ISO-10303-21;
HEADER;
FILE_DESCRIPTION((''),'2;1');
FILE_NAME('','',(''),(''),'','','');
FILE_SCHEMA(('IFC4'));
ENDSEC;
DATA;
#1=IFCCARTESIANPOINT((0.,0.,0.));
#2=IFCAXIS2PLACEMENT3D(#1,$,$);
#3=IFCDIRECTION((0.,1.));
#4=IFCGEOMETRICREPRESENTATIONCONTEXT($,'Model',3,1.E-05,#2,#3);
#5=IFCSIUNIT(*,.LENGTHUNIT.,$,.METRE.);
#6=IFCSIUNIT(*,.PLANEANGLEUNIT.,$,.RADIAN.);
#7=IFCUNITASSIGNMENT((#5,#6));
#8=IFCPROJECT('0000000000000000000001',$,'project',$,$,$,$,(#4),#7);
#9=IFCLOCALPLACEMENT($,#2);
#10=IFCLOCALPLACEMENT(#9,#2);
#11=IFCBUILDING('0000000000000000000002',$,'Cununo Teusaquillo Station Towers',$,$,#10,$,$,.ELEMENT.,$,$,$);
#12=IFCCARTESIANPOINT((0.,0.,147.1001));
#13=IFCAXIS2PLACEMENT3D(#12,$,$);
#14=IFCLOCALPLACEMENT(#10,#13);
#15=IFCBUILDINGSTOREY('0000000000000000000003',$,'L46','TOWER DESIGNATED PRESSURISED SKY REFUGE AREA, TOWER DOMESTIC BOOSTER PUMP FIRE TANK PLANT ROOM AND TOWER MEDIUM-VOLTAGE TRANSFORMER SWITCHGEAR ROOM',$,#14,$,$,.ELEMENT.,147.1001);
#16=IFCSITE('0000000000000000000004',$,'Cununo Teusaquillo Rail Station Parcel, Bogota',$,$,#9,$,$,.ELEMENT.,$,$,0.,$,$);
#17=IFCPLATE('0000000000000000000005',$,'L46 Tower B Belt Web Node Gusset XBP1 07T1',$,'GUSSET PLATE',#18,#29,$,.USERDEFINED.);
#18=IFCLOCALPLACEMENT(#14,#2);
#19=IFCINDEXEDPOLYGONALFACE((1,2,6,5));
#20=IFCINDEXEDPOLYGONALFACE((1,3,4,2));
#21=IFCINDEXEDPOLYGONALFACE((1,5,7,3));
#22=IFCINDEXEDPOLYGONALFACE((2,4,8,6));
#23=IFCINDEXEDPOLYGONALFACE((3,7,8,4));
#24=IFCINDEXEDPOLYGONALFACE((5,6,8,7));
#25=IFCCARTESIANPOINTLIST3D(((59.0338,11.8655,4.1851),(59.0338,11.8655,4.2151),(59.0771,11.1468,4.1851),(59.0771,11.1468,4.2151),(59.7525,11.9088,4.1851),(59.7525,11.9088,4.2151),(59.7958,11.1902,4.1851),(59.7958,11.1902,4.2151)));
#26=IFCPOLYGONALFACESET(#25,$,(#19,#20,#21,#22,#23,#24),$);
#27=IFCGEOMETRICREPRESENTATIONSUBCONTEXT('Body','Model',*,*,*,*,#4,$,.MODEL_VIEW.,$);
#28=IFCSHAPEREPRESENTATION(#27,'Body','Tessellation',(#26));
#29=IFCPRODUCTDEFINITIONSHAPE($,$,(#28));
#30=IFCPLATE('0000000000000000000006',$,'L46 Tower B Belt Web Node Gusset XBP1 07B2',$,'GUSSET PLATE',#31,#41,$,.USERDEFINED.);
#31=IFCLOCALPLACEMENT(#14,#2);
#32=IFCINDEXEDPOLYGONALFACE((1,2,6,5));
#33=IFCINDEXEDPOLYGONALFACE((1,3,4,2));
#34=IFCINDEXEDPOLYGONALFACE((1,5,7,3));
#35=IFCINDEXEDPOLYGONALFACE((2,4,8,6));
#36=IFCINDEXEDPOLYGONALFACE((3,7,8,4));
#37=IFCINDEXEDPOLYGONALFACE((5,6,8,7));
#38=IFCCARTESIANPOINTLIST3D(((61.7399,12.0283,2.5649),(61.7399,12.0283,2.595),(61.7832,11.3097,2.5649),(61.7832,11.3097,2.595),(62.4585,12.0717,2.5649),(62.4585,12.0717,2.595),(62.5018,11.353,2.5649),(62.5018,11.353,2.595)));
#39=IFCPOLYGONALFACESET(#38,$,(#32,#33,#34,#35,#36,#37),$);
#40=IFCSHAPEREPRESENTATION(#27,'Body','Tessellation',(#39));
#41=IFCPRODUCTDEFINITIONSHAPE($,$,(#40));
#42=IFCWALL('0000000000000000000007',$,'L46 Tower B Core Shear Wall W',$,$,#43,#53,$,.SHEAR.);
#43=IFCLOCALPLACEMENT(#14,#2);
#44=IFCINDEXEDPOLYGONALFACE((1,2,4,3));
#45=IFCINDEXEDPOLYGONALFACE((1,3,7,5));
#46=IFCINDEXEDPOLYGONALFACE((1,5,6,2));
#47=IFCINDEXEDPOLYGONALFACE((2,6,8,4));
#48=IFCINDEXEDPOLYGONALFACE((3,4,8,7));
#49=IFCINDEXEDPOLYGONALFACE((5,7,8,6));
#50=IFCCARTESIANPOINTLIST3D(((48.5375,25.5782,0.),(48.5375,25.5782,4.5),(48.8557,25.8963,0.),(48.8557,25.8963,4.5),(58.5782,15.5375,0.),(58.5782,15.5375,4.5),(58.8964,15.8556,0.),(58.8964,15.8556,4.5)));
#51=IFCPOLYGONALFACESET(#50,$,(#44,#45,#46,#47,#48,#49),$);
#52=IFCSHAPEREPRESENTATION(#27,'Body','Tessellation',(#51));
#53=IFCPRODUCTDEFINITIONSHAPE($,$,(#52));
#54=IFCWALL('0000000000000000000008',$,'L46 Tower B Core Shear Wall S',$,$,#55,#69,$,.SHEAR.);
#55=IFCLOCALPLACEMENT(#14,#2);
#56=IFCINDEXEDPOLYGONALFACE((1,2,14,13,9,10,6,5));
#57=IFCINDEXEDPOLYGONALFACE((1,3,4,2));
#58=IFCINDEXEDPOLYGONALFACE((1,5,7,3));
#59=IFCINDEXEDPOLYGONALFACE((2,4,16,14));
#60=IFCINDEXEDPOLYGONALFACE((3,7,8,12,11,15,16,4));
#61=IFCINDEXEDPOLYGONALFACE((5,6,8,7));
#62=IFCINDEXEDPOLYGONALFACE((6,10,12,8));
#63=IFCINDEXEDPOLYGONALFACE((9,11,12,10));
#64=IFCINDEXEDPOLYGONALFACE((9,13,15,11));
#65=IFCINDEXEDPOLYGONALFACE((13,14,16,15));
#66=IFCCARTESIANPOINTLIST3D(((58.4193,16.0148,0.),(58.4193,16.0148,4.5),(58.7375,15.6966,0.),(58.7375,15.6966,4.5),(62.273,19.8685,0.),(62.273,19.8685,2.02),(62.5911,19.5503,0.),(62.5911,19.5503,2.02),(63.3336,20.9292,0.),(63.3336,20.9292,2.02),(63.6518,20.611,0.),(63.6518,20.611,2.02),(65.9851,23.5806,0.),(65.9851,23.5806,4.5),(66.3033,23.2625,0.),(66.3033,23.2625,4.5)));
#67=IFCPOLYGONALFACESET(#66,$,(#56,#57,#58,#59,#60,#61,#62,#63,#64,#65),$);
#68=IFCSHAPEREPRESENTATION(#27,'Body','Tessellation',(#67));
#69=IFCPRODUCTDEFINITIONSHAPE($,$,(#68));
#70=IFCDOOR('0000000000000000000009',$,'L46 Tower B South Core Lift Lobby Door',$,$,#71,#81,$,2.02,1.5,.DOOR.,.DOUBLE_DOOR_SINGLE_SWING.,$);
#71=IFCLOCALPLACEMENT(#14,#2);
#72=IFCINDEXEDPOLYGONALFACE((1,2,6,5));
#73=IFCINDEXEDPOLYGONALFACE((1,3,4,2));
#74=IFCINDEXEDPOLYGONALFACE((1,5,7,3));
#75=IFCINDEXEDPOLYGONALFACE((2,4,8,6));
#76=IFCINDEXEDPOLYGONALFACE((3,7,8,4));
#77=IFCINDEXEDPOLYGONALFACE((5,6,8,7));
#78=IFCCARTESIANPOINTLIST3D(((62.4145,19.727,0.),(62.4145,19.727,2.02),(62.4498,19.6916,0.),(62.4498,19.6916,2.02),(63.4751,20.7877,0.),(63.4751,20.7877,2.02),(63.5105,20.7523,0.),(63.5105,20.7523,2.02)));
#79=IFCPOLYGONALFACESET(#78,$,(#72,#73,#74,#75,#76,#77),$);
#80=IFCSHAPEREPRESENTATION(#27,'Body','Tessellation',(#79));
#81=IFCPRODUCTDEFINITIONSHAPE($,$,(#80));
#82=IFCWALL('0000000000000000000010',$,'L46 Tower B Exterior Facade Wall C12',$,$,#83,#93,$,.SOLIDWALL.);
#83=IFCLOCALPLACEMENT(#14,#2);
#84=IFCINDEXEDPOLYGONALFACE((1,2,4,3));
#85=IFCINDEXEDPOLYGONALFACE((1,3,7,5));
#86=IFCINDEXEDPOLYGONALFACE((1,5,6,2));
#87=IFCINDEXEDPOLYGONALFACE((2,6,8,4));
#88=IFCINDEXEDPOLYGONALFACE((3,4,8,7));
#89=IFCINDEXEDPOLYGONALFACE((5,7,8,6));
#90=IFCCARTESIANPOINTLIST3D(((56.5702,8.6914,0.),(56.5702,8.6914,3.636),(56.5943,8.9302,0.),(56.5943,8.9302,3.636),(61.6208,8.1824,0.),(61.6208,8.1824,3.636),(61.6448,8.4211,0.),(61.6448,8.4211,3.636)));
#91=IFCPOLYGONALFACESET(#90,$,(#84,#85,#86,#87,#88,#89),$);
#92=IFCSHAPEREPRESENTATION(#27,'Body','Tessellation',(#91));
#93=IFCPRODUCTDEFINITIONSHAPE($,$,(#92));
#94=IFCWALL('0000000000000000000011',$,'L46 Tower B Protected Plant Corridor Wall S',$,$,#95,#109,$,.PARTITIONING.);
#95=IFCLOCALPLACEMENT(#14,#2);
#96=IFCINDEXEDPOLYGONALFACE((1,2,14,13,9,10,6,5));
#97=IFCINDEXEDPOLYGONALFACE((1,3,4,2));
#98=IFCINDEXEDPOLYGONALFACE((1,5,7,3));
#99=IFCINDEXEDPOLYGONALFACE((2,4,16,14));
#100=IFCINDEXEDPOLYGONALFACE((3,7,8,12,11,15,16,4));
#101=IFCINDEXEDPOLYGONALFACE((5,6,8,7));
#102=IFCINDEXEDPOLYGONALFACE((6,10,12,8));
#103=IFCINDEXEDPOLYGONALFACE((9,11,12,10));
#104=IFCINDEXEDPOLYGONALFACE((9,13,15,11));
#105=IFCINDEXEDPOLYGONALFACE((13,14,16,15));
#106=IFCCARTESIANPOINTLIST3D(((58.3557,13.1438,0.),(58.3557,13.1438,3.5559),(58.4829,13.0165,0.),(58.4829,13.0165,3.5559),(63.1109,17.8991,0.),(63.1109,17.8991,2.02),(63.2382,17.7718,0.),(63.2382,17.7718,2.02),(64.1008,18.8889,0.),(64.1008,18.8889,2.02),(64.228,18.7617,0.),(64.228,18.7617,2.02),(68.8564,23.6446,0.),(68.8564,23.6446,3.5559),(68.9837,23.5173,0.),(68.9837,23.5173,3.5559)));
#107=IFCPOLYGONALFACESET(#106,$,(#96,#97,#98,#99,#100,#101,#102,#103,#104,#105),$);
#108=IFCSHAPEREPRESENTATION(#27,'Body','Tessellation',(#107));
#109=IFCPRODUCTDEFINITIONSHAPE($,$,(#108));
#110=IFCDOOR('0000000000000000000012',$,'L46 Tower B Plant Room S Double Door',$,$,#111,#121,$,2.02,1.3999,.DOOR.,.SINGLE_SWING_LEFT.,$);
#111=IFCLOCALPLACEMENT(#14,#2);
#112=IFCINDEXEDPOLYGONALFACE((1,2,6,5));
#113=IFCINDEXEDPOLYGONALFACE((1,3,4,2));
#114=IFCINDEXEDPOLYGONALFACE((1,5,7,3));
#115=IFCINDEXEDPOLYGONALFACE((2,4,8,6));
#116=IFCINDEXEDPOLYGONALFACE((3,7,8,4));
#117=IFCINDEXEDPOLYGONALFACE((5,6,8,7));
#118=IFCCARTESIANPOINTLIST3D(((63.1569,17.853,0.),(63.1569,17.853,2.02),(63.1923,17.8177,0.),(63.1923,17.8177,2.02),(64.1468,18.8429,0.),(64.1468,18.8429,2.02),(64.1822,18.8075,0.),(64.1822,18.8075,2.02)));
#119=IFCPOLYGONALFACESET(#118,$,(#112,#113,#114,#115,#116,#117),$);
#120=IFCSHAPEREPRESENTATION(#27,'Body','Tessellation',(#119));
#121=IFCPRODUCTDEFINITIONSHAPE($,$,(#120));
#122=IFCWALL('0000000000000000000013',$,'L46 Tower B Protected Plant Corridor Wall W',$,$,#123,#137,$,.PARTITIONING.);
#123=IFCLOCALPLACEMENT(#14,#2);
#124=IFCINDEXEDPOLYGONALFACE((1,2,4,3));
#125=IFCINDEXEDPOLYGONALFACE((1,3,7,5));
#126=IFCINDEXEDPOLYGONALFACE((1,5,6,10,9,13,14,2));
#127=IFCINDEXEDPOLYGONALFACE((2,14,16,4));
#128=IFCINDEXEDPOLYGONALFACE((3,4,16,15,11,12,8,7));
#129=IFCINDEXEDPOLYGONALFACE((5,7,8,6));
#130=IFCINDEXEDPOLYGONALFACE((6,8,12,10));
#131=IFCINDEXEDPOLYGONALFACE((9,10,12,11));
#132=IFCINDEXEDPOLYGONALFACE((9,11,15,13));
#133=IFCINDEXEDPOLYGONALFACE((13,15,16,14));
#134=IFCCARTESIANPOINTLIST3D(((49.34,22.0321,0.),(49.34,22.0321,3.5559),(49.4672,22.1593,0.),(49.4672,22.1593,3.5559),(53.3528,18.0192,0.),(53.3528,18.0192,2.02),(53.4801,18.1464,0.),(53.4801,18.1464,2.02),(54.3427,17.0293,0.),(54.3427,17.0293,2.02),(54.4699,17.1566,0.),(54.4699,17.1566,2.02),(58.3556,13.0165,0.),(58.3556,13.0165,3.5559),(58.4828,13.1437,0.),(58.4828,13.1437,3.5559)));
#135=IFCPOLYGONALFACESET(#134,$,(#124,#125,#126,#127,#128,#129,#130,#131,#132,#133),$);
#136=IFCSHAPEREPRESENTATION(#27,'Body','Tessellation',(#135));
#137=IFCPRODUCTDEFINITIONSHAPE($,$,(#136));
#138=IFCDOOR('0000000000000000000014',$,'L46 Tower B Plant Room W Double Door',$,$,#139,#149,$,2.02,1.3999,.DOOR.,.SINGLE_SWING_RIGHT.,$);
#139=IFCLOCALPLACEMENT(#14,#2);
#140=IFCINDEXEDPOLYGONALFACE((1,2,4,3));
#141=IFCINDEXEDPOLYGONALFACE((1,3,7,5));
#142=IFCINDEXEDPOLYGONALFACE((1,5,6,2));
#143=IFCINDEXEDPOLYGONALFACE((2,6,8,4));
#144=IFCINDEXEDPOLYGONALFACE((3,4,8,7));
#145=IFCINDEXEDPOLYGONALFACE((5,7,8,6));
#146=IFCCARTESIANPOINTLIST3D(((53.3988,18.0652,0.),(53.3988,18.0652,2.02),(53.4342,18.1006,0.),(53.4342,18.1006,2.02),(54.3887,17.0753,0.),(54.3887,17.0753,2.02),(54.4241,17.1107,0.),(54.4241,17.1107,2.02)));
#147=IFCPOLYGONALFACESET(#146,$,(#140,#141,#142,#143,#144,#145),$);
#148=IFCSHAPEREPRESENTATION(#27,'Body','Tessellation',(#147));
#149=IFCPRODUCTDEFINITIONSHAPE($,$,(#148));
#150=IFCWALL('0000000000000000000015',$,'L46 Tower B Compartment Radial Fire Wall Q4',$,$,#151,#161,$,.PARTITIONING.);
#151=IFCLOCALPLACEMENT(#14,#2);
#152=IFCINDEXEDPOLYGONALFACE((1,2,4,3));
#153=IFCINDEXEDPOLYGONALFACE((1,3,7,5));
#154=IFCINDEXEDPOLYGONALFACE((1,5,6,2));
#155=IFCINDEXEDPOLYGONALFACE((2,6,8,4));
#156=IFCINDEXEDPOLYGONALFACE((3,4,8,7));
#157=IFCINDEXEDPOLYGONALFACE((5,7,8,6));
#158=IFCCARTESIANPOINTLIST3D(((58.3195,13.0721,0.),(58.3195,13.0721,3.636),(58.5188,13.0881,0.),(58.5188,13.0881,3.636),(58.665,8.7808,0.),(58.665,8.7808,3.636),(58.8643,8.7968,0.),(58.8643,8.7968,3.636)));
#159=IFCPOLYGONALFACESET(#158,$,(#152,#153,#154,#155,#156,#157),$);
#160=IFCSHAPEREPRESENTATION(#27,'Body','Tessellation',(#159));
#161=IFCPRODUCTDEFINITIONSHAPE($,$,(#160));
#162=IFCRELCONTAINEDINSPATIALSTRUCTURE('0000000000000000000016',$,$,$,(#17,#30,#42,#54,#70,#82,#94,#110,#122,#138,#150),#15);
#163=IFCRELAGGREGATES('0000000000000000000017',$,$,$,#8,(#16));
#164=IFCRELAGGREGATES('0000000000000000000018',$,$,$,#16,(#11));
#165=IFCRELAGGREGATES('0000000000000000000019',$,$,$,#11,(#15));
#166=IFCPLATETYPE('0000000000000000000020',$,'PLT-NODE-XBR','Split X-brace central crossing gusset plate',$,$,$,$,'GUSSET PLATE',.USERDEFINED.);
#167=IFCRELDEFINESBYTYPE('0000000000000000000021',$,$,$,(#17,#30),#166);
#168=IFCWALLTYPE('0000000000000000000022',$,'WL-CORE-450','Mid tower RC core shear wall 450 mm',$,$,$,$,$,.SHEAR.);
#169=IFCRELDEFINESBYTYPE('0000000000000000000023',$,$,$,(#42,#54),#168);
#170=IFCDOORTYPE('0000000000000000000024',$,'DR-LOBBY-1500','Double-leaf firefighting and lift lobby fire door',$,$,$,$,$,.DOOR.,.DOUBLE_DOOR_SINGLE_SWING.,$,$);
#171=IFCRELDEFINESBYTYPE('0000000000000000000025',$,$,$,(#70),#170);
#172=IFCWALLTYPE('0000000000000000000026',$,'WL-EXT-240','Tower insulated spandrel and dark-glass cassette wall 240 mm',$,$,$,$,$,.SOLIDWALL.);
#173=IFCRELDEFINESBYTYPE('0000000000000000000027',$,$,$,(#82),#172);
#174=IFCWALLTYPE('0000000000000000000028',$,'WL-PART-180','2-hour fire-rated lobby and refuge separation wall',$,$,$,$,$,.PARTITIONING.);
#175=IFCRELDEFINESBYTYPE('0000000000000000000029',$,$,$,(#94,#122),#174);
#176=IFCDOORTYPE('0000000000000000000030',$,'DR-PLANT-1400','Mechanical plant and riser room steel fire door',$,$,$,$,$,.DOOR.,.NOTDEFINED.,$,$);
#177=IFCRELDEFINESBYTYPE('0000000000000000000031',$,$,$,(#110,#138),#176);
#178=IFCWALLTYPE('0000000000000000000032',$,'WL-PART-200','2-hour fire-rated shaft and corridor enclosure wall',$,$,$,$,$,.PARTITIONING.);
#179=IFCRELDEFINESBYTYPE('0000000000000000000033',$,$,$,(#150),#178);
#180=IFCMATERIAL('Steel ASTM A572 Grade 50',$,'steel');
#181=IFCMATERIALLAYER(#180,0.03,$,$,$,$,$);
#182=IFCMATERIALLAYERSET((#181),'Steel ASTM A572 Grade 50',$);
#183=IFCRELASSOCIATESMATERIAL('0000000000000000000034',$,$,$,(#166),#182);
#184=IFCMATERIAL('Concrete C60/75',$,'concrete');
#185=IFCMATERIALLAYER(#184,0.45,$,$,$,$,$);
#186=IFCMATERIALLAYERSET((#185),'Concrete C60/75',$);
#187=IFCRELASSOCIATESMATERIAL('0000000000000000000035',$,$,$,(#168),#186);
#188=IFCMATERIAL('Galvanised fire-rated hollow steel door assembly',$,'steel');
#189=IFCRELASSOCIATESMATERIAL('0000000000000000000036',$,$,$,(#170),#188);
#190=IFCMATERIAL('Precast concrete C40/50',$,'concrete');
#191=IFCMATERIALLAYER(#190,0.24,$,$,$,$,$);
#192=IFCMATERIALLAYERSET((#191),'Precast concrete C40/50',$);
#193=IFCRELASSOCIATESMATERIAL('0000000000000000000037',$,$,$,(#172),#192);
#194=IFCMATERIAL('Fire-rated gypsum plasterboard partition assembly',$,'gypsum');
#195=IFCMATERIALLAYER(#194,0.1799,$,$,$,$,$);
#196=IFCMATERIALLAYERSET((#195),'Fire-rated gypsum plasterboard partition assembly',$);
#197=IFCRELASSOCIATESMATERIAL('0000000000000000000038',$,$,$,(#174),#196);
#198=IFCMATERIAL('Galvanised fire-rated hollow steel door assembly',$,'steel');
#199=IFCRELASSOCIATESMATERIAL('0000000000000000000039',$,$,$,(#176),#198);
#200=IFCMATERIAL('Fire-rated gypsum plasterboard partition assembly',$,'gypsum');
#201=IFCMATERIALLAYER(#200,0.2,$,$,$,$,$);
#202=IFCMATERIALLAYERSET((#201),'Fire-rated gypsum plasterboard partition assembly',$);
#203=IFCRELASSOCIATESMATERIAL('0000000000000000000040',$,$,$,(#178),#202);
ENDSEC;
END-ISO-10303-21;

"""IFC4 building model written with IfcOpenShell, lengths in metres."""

from ifc_helpers import new_model, si_unit, direction, frame, frame_2d, origin, origin_2d, place, context, subcontext, project, spatial, rectangle, extrude, source, transform, mapped, material, layer, layer_set, type_object, element, fill, save


model = new_model("IFC4")

# Units and contexts
model_context = context("Model", 3, precision=1e-05, world=origin(), true_north=direction((0.0, 1.0)))
body_context = subcontext(model_context, "Body", "Model", "MODEL_VIEW")
ifc_project = project(units=[si_unit("LENGTHUNIT", "METRE"), si_unit("PLANEANGLEUNIT", "RADIAN")], contexts=[model_context])

# Site, building, storey
site_placement = place(None, origin())
site = spatial("IfcSite", under=ifc_project, at=site_placement, Name="Cununo Teusaquillo Rail Station Parcel, Bogota", CompositionType="ELEMENT", RefElevation=0.0)
building_placement = place(site_placement, origin())
building = spatial("IfcBuilding", under=site, at=building_placement, Name="Cununo Teusaquillo Station Towers", CompositionType="ELEMENT")
storey_placement = place(building_placement, frame((0.0, 0.0, 147.1001)))
storey = spatial("IfcBuildingStorey", under=building, at=storey_placement, Name="L46", Description="TOWER DESIGNATED PRESSURISED SKY REFUGE AREA, TOWER DOMESTIC BOOSTER PUMP FIRE TANK PLANT ROOM AND TOWER MEDIUM-VOLTAGE TRANSFORMER SWITCHGEAR ROOM", CompositionType="ELEMENT", Elevation=147.1001)

# Plates
ifc_material_1 = material(Name="Steel ASTM A572 Grade 50", Category="steel")
ifc_layer_1 = layer(ifc_material_1, 0.03)
ifc_layer_set_1 = layer_set([ifc_layer_1], Name="Steel ASTM A572 Grade 50")
plate_type_1 = type_object("IfcPlateType", Name="PLT-NODE-XBR", Description="Split X-brace central crossing gusset plate", ElementType="GUSSET PLATE", PredefinedType="USERDEFINED", material=ifc_layer_set_1)
shared_shape_1 = source(origin(), body_context, "Body", "SweptSolid", [
    extrude(rectangle(XDim=0.72, YDim=0.72, at=origin_2d()), origin(), (0.0, 0.0, 1.0), 0.03),
])
for number, where, z_axis, x_axis, name in (
    (1, (59.4148, 11.5278, 4.1851), (0.0, 0.0, 1.0), (0.998188, 0.060177, 0.0), "L46 Tower B Belt Web Node Gusset XBP1 07T1"),
    (2, (62.1208, 11.6907, 2.5649), (0.0, 0.0, 1.0), (0.998188, 0.060177, 0.0), "L46 Tower B Belt Web Node Gusset XBP1 07B2"),
):
    element("IfcPlate", number, at=place(storey_placement, frame(where, z_axis=z_axis, x_axis=x_axis)), inside=storey, type_object=plate_type_1, Name=name, ObjectType="GUSSET PLATE", PredefinedType="USERDEFINED", context=body_context, shape_type="MappedRepresentation", body=[
        mapped(shared_shape_1, transform((0.0, 0.0, 0.0), x_axis=(1.0, 0.0, 0.0), y_axis=(0.0, 1.0, 0.0), z_axis=(0.0, 0.0, 1.0), scale=1.0)),
    ])

# Wall
ifc_material_2 = material(Name="Concrete C60/75", Category="concrete")
ifc_layer_2 = layer(ifc_material_2, 0.45)
ifc_layer_set_2 = layer_set([ifc_layer_2], Name="Concrete C60/75")
wall_type_1 = type_object("IfcWallType", Name="WL-CORE-450", Description="Mid tower RC core shear wall 450 mm", PredefinedType="SHEAR", material=ifc_layer_set_2)
wall_1_placement = place(storey_placement, frame((58.7373, 15.6965, 0.0), z_axis=(0.0, 0.0, 1.0), x_axis=(-0.707107, 0.707107, 0.0)))
element("IfcWall", 3, at=wall_1_placement, inside=storey, type_object=wall_type_1, Name="L46 Tower B Core Shear Wall W", PredefinedType="SHEAR", context=body_context, shape_type="SweptSolid", body=[
    extrude(rectangle(XDim=14.1997, YDim=0.45, at=frame_2d((7.0999, 0.0))), origin(), (0.0, 0.0, 1.0), 4.5),
])

# Wall, opening, door
wall_2_placement = place(storey_placement, frame((58.5784, 15.8557, 0.0), z_axis=(0.0, 0.0, 1.0), x_axis=(0.707107, 0.707107, 0.0)))
wall_2 = element("IfcWall", 4, at=wall_2_placement, inside=storey, type_object=wall_type_1, Name="L46 Tower B Core Shear Wall S", PredefinedType="SHEAR", context=body_context, shape_type="SweptSolid", body=[
    extrude(rectangle(XDim=10.6997, YDim=0.45, at=frame_2d((5.3499, 0.0))), origin(), (0.0, 0.0, 1.0), 4.5),
])
shared_shape_2 = source(origin(), body_context, "Body", "SweptSolid", [
    extrude(rectangle(XDim=1.5, YDim=2.02, at=frame_2d((0.75, 1.01))), frame((0.0, 0.2349, 0.0), z_axis=(0.0, -1.0, 0.0), x_axis=(1.0, 0.0, 0.0)), (0.0, 0.0, 1.0), 0.47),
])
opening_1_placement = place(wall_2_placement, frame((5.45, 0.0, 0.0)))
opening_1 = element("IfcOpeningElement", 5, at=opening_1_placement, cuts=wall_2, PredefinedType="OPENING", context=body_context, shape_type="MappedRepresentation", body=[
    mapped(shared_shape_2, transform((0.0, 0.0, 0.0), x_axis=(1.0, 0.0, 0.0), y_axis=(0.0, 1.0, 0.0), z_axis=(0.0, 0.0, 1.0), scale=1.0)),
])
ifc_material_3 = material(Name="Galvanised fire-rated hollow steel door assembly", Category="steel")
door_type_1 = type_object("IfcDoorType", Name="DR-LOBBY-1500", Description="Double-leaf firefighting and lift lobby fire door", OperationType="DOUBLE_DOOR_SINGLE_SWING", PredefinedType="DOOR", material=ifc_material_3)
shared_shape_3 = source(origin(), body_context, "Body", "SweptSolid", [
    extrude(rectangle(XDim=1.5, YDim=2.02, at=frame_2d((0.75, 1.01))), frame((0.0, 0.0249, 0.0), z_axis=(0.0, -1.0, 0.0), x_axis=(1.0, 0.0, 0.0)), (0.0, 0.0, 1.0), 0.05),
])
door_1_placement = place(opening_1_placement, origin())
door_1 = element("IfcDoor", 6, at=door_1_placement, inside=storey, type_object=door_type_1, Name="L46 Tower B South Core Lift Lobby Door", OperationType="DOUBLE_DOOR_SINGLE_SWING", OverallHeight=2.02, OverallWidth=1.5, PredefinedType="DOOR", context=body_context, shape_type="MappedRepresentation", body=[
    mapped(shared_shape_3, transform((0.0, 0.0, 0.0), x_axis=(1.0, 0.0, 0.0), y_axis=(0.0, 1.0, 0.0), z_axis=(0.0, 0.0, 1.0), scale=1.0)),
])
fill(opening_1, door_1)

# Wall
ifc_material_4 = material(Name="Precast concrete C40/50", Category="concrete")
ifc_layer_3 = layer(ifc_material_4, 0.24)
ifc_layer_set_3 = layer_set([ifc_layer_3], Name="Precast concrete C40/50")
wall_type_2 = type_object("IfcWallType", Name="WL-EXT-240", Description="Tower insulated spandrel and dark-glass cassette wall 240 mm", PredefinedType="SOLIDWALL", material=ifc_layer_set_3)
wall_3_placement = place(storey_placement, frame((61.6328, 8.3018, 0.0), z_axis=(0.0, 0.0, 1.0), x_axis=(-0.994959, 0.10028, 0.0)))
element("IfcWall", 7, at=wall_3_placement, inside=storey, type_object=wall_type_2, Name="L46 Tower B Exterior Facade Wall C12", PredefinedType="SOLIDWALL", context=body_context, shape_type="SweptSolid", body=[
    extrude(rectangle(XDim=5.0762, YDim=0.24, at=frame_2d((2.5381, 0.0))), origin(), (0.0, 0.0, 1.0), 3.636),
])

# Walls, openings, doors
ifc_material_5 = material(Name="Fire-rated gypsum plasterboard partition assembly", Category="gypsum")
ifc_layer_4 = layer(ifc_material_5, 0.1799)
ifc_layer_set_4 = layer_set([ifc_layer_4], Name="Fire-rated gypsum plasterboard partition assembly")
wall_type_3 = type_object("IfcWallType", Name="WL-PART-180", Description="2-hour fire-rated lobby and refuge separation wall", PredefinedType="PARTITIONING", material=ifc_layer_set_4)
wall_4_placement = place(storey_placement, frame((58.4192, 13.0801, 0.0), z_axis=(0.0, 0.0, 1.0), x_axis=(0.707107, 0.707107, 0.0)))
wall_4 = element("IfcWall", 8, at=wall_4_placement, inside=storey, type_object=wall_type_3, Name="L46 Tower B Protected Plant Corridor Wall S", PredefinedType="PARTITIONING", context=body_context, shape_type="SweptSolid", body=[
    extrude(rectangle(XDim=14.8503, YDim=0.1799, at=frame_2d((7.4253, 0.0))), origin(), (0.0, 0.0, 1.0), 3.5559),
])
shared_shape_4 = source(origin(), body_context, "Body", "SweptSolid", [
    extrude(rectangle(XDim=1.3999, YDim=2.02, at=frame_2d((0.7, 1.01))), frame((0.0, 0.0999, 0.0), z_axis=(0.0, -1.0, 0.0), x_axis=(1.0, 0.0, 0.0)), (0.0, 0.0, 1.0), 0.2),
])
opening_2_placement = place(wall_4_placement, frame((6.7251, 0.0, 0.0)))
opening_2 = element("IfcOpeningElement", 9, at=opening_2_placement, cuts=wall_4, PredefinedType="OPENING", context=body_context, shape_type="MappedRepresentation", body=[
    mapped(shared_shape_4, transform((0.0, 0.0, 0.0), x_axis=(1.0, 0.0, 0.0), y_axis=(0.0, 1.0, 0.0), z_axis=(0.0, 0.0, 1.0), scale=1.0)),
])
ifc_material_6 = material(Name="Galvanised fire-rated hollow steel door assembly", Category="steel")
door_type_2 = type_object("IfcDoorType", Name="DR-PLANT-1400", Description="Mechanical plant and riser room steel fire door", OperationType="NOTDEFINED", PredefinedType="DOOR", material=ifc_material_6)
shared_shape_5 = source(origin(), body_context, "Body", "SweptSolid", [
    extrude(rectangle(XDim=1.3999, YDim=2.02, at=frame_2d((0.7, 1.01))), frame((0.0, 0.0249, 0.0), z_axis=(0.0, -1.0, 0.0), x_axis=(1.0, 0.0, 0.0)), (0.0, 0.0, 1.0), 0.05),
])
door_2_placement = place(opening_2_placement, origin())
door_2 = element("IfcDoor", 10, at=door_2_placement, inside=storey, type_object=door_type_2, Name="L46 Tower B Plant Room S Double Door", OperationType="SINGLE_SWING_LEFT", OverallHeight=2.02, OverallWidth=1.3999, PredefinedType="DOOR", context=body_context, shape_type="MappedRepresentation", body=[
    mapped(shared_shape_5, transform((0.0, 0.0, 0.0), x_axis=(1.0, 0.0, 0.0), y_axis=(0.0, 1.0, 0.0), z_axis=(0.0, 0.0, 1.0), scale=1.0)),
])
fill(opening_2, door_2)
wall_5_placement = place(storey_placement, frame((58.4192, 13.0801, 0.0), z_axis=(0.0, 0.0, 1.0), x_axis=(-0.707107, 0.707107, 0.0)))
wall_5 = element("IfcWall", 11, at=wall_5_placement, inside=storey, type_object=wall_type_3, Name="L46 Tower B Protected Plant Corridor Wall W", PredefinedType="PARTITIONING", context=body_context, shape_type="SweptSolid", body=[
    extrude(rectangle(XDim=12.75, YDim=0.1799, at=frame_2d((6.375, 0.0))), origin(), (0.0, 0.0, 1.0), 3.5559),
])
opening_3_placement = place(wall_5_placement, frame((5.675, 0.0, 0.0)))
opening_3 = element("IfcOpeningElement", 12, at=opening_3_placement, cuts=wall_5, PredefinedType="OPENING", context=body_context, shape_type="MappedRepresentation", body=[
    mapped(shared_shape_4, transform((0.0, 0.0, 0.0), x_axis=(1.0, 0.0, 0.0), y_axis=(0.0, 1.0, 0.0), z_axis=(0.0, 0.0, 1.0), scale=1.0)),
])
door_3_placement = place(opening_3_placement, origin())
door_3 = element("IfcDoor", 13, at=door_3_placement, inside=storey, type_object=door_type_2, Name="L46 Tower B Plant Room W Double Door", OperationType="SINGLE_SWING_RIGHT", OverallHeight=2.02, OverallWidth=1.3999, PredefinedType="DOOR", context=body_context, shape_type="MappedRepresentation", body=[
    mapped(shared_shape_5, transform((0.0, 0.0, 0.0), x_axis=(1.0, 0.0, 0.0), y_axis=(0.0, 1.0, 0.0), z_axis=(0.0, 0.0, 1.0), scale=1.0)),
])
fill(opening_3, door_3)

# Wall
ifc_material_7 = material(Name="Fire-rated gypsum plasterboard partition assembly", Category="gypsum")
ifc_layer_5 = layer(ifc_material_7, 0.2)
ifc_layer_set_5 = layer_set([ifc_layer_5], Name="Fire-rated gypsum plasterboard partition assembly")
wall_type_4 = type_object("IfcWallType", Name="WL-PART-200", Description="2-hour fire-rated shaft and corridor enclosure wall", PredefinedType="PARTITIONING", material=ifc_layer_set_5)
wall_6_placement = place(storey_placement, frame((58.4192, 13.0801, 0.0), z_axis=(0.0, 0.0, 1.0), x_axis=(0.080243, -0.996775, 0.0)))
element("IfcWall", 14, at=wall_6_placement, inside=storey, type_object=wall_type_4, Name="L46 Tower B Compartment Radial Fire Wall Q4", PredefinedType="PARTITIONING", context=body_context, shape_type="SweptSolid", body=[
    extrude(rectangle(XDim=4.3052, YDim=0.2, at=frame_2d((2.1526, 0.0))), origin(), (0.0, 0.0, 1.0), 3.636),
])

save(model, "model.ifc")
